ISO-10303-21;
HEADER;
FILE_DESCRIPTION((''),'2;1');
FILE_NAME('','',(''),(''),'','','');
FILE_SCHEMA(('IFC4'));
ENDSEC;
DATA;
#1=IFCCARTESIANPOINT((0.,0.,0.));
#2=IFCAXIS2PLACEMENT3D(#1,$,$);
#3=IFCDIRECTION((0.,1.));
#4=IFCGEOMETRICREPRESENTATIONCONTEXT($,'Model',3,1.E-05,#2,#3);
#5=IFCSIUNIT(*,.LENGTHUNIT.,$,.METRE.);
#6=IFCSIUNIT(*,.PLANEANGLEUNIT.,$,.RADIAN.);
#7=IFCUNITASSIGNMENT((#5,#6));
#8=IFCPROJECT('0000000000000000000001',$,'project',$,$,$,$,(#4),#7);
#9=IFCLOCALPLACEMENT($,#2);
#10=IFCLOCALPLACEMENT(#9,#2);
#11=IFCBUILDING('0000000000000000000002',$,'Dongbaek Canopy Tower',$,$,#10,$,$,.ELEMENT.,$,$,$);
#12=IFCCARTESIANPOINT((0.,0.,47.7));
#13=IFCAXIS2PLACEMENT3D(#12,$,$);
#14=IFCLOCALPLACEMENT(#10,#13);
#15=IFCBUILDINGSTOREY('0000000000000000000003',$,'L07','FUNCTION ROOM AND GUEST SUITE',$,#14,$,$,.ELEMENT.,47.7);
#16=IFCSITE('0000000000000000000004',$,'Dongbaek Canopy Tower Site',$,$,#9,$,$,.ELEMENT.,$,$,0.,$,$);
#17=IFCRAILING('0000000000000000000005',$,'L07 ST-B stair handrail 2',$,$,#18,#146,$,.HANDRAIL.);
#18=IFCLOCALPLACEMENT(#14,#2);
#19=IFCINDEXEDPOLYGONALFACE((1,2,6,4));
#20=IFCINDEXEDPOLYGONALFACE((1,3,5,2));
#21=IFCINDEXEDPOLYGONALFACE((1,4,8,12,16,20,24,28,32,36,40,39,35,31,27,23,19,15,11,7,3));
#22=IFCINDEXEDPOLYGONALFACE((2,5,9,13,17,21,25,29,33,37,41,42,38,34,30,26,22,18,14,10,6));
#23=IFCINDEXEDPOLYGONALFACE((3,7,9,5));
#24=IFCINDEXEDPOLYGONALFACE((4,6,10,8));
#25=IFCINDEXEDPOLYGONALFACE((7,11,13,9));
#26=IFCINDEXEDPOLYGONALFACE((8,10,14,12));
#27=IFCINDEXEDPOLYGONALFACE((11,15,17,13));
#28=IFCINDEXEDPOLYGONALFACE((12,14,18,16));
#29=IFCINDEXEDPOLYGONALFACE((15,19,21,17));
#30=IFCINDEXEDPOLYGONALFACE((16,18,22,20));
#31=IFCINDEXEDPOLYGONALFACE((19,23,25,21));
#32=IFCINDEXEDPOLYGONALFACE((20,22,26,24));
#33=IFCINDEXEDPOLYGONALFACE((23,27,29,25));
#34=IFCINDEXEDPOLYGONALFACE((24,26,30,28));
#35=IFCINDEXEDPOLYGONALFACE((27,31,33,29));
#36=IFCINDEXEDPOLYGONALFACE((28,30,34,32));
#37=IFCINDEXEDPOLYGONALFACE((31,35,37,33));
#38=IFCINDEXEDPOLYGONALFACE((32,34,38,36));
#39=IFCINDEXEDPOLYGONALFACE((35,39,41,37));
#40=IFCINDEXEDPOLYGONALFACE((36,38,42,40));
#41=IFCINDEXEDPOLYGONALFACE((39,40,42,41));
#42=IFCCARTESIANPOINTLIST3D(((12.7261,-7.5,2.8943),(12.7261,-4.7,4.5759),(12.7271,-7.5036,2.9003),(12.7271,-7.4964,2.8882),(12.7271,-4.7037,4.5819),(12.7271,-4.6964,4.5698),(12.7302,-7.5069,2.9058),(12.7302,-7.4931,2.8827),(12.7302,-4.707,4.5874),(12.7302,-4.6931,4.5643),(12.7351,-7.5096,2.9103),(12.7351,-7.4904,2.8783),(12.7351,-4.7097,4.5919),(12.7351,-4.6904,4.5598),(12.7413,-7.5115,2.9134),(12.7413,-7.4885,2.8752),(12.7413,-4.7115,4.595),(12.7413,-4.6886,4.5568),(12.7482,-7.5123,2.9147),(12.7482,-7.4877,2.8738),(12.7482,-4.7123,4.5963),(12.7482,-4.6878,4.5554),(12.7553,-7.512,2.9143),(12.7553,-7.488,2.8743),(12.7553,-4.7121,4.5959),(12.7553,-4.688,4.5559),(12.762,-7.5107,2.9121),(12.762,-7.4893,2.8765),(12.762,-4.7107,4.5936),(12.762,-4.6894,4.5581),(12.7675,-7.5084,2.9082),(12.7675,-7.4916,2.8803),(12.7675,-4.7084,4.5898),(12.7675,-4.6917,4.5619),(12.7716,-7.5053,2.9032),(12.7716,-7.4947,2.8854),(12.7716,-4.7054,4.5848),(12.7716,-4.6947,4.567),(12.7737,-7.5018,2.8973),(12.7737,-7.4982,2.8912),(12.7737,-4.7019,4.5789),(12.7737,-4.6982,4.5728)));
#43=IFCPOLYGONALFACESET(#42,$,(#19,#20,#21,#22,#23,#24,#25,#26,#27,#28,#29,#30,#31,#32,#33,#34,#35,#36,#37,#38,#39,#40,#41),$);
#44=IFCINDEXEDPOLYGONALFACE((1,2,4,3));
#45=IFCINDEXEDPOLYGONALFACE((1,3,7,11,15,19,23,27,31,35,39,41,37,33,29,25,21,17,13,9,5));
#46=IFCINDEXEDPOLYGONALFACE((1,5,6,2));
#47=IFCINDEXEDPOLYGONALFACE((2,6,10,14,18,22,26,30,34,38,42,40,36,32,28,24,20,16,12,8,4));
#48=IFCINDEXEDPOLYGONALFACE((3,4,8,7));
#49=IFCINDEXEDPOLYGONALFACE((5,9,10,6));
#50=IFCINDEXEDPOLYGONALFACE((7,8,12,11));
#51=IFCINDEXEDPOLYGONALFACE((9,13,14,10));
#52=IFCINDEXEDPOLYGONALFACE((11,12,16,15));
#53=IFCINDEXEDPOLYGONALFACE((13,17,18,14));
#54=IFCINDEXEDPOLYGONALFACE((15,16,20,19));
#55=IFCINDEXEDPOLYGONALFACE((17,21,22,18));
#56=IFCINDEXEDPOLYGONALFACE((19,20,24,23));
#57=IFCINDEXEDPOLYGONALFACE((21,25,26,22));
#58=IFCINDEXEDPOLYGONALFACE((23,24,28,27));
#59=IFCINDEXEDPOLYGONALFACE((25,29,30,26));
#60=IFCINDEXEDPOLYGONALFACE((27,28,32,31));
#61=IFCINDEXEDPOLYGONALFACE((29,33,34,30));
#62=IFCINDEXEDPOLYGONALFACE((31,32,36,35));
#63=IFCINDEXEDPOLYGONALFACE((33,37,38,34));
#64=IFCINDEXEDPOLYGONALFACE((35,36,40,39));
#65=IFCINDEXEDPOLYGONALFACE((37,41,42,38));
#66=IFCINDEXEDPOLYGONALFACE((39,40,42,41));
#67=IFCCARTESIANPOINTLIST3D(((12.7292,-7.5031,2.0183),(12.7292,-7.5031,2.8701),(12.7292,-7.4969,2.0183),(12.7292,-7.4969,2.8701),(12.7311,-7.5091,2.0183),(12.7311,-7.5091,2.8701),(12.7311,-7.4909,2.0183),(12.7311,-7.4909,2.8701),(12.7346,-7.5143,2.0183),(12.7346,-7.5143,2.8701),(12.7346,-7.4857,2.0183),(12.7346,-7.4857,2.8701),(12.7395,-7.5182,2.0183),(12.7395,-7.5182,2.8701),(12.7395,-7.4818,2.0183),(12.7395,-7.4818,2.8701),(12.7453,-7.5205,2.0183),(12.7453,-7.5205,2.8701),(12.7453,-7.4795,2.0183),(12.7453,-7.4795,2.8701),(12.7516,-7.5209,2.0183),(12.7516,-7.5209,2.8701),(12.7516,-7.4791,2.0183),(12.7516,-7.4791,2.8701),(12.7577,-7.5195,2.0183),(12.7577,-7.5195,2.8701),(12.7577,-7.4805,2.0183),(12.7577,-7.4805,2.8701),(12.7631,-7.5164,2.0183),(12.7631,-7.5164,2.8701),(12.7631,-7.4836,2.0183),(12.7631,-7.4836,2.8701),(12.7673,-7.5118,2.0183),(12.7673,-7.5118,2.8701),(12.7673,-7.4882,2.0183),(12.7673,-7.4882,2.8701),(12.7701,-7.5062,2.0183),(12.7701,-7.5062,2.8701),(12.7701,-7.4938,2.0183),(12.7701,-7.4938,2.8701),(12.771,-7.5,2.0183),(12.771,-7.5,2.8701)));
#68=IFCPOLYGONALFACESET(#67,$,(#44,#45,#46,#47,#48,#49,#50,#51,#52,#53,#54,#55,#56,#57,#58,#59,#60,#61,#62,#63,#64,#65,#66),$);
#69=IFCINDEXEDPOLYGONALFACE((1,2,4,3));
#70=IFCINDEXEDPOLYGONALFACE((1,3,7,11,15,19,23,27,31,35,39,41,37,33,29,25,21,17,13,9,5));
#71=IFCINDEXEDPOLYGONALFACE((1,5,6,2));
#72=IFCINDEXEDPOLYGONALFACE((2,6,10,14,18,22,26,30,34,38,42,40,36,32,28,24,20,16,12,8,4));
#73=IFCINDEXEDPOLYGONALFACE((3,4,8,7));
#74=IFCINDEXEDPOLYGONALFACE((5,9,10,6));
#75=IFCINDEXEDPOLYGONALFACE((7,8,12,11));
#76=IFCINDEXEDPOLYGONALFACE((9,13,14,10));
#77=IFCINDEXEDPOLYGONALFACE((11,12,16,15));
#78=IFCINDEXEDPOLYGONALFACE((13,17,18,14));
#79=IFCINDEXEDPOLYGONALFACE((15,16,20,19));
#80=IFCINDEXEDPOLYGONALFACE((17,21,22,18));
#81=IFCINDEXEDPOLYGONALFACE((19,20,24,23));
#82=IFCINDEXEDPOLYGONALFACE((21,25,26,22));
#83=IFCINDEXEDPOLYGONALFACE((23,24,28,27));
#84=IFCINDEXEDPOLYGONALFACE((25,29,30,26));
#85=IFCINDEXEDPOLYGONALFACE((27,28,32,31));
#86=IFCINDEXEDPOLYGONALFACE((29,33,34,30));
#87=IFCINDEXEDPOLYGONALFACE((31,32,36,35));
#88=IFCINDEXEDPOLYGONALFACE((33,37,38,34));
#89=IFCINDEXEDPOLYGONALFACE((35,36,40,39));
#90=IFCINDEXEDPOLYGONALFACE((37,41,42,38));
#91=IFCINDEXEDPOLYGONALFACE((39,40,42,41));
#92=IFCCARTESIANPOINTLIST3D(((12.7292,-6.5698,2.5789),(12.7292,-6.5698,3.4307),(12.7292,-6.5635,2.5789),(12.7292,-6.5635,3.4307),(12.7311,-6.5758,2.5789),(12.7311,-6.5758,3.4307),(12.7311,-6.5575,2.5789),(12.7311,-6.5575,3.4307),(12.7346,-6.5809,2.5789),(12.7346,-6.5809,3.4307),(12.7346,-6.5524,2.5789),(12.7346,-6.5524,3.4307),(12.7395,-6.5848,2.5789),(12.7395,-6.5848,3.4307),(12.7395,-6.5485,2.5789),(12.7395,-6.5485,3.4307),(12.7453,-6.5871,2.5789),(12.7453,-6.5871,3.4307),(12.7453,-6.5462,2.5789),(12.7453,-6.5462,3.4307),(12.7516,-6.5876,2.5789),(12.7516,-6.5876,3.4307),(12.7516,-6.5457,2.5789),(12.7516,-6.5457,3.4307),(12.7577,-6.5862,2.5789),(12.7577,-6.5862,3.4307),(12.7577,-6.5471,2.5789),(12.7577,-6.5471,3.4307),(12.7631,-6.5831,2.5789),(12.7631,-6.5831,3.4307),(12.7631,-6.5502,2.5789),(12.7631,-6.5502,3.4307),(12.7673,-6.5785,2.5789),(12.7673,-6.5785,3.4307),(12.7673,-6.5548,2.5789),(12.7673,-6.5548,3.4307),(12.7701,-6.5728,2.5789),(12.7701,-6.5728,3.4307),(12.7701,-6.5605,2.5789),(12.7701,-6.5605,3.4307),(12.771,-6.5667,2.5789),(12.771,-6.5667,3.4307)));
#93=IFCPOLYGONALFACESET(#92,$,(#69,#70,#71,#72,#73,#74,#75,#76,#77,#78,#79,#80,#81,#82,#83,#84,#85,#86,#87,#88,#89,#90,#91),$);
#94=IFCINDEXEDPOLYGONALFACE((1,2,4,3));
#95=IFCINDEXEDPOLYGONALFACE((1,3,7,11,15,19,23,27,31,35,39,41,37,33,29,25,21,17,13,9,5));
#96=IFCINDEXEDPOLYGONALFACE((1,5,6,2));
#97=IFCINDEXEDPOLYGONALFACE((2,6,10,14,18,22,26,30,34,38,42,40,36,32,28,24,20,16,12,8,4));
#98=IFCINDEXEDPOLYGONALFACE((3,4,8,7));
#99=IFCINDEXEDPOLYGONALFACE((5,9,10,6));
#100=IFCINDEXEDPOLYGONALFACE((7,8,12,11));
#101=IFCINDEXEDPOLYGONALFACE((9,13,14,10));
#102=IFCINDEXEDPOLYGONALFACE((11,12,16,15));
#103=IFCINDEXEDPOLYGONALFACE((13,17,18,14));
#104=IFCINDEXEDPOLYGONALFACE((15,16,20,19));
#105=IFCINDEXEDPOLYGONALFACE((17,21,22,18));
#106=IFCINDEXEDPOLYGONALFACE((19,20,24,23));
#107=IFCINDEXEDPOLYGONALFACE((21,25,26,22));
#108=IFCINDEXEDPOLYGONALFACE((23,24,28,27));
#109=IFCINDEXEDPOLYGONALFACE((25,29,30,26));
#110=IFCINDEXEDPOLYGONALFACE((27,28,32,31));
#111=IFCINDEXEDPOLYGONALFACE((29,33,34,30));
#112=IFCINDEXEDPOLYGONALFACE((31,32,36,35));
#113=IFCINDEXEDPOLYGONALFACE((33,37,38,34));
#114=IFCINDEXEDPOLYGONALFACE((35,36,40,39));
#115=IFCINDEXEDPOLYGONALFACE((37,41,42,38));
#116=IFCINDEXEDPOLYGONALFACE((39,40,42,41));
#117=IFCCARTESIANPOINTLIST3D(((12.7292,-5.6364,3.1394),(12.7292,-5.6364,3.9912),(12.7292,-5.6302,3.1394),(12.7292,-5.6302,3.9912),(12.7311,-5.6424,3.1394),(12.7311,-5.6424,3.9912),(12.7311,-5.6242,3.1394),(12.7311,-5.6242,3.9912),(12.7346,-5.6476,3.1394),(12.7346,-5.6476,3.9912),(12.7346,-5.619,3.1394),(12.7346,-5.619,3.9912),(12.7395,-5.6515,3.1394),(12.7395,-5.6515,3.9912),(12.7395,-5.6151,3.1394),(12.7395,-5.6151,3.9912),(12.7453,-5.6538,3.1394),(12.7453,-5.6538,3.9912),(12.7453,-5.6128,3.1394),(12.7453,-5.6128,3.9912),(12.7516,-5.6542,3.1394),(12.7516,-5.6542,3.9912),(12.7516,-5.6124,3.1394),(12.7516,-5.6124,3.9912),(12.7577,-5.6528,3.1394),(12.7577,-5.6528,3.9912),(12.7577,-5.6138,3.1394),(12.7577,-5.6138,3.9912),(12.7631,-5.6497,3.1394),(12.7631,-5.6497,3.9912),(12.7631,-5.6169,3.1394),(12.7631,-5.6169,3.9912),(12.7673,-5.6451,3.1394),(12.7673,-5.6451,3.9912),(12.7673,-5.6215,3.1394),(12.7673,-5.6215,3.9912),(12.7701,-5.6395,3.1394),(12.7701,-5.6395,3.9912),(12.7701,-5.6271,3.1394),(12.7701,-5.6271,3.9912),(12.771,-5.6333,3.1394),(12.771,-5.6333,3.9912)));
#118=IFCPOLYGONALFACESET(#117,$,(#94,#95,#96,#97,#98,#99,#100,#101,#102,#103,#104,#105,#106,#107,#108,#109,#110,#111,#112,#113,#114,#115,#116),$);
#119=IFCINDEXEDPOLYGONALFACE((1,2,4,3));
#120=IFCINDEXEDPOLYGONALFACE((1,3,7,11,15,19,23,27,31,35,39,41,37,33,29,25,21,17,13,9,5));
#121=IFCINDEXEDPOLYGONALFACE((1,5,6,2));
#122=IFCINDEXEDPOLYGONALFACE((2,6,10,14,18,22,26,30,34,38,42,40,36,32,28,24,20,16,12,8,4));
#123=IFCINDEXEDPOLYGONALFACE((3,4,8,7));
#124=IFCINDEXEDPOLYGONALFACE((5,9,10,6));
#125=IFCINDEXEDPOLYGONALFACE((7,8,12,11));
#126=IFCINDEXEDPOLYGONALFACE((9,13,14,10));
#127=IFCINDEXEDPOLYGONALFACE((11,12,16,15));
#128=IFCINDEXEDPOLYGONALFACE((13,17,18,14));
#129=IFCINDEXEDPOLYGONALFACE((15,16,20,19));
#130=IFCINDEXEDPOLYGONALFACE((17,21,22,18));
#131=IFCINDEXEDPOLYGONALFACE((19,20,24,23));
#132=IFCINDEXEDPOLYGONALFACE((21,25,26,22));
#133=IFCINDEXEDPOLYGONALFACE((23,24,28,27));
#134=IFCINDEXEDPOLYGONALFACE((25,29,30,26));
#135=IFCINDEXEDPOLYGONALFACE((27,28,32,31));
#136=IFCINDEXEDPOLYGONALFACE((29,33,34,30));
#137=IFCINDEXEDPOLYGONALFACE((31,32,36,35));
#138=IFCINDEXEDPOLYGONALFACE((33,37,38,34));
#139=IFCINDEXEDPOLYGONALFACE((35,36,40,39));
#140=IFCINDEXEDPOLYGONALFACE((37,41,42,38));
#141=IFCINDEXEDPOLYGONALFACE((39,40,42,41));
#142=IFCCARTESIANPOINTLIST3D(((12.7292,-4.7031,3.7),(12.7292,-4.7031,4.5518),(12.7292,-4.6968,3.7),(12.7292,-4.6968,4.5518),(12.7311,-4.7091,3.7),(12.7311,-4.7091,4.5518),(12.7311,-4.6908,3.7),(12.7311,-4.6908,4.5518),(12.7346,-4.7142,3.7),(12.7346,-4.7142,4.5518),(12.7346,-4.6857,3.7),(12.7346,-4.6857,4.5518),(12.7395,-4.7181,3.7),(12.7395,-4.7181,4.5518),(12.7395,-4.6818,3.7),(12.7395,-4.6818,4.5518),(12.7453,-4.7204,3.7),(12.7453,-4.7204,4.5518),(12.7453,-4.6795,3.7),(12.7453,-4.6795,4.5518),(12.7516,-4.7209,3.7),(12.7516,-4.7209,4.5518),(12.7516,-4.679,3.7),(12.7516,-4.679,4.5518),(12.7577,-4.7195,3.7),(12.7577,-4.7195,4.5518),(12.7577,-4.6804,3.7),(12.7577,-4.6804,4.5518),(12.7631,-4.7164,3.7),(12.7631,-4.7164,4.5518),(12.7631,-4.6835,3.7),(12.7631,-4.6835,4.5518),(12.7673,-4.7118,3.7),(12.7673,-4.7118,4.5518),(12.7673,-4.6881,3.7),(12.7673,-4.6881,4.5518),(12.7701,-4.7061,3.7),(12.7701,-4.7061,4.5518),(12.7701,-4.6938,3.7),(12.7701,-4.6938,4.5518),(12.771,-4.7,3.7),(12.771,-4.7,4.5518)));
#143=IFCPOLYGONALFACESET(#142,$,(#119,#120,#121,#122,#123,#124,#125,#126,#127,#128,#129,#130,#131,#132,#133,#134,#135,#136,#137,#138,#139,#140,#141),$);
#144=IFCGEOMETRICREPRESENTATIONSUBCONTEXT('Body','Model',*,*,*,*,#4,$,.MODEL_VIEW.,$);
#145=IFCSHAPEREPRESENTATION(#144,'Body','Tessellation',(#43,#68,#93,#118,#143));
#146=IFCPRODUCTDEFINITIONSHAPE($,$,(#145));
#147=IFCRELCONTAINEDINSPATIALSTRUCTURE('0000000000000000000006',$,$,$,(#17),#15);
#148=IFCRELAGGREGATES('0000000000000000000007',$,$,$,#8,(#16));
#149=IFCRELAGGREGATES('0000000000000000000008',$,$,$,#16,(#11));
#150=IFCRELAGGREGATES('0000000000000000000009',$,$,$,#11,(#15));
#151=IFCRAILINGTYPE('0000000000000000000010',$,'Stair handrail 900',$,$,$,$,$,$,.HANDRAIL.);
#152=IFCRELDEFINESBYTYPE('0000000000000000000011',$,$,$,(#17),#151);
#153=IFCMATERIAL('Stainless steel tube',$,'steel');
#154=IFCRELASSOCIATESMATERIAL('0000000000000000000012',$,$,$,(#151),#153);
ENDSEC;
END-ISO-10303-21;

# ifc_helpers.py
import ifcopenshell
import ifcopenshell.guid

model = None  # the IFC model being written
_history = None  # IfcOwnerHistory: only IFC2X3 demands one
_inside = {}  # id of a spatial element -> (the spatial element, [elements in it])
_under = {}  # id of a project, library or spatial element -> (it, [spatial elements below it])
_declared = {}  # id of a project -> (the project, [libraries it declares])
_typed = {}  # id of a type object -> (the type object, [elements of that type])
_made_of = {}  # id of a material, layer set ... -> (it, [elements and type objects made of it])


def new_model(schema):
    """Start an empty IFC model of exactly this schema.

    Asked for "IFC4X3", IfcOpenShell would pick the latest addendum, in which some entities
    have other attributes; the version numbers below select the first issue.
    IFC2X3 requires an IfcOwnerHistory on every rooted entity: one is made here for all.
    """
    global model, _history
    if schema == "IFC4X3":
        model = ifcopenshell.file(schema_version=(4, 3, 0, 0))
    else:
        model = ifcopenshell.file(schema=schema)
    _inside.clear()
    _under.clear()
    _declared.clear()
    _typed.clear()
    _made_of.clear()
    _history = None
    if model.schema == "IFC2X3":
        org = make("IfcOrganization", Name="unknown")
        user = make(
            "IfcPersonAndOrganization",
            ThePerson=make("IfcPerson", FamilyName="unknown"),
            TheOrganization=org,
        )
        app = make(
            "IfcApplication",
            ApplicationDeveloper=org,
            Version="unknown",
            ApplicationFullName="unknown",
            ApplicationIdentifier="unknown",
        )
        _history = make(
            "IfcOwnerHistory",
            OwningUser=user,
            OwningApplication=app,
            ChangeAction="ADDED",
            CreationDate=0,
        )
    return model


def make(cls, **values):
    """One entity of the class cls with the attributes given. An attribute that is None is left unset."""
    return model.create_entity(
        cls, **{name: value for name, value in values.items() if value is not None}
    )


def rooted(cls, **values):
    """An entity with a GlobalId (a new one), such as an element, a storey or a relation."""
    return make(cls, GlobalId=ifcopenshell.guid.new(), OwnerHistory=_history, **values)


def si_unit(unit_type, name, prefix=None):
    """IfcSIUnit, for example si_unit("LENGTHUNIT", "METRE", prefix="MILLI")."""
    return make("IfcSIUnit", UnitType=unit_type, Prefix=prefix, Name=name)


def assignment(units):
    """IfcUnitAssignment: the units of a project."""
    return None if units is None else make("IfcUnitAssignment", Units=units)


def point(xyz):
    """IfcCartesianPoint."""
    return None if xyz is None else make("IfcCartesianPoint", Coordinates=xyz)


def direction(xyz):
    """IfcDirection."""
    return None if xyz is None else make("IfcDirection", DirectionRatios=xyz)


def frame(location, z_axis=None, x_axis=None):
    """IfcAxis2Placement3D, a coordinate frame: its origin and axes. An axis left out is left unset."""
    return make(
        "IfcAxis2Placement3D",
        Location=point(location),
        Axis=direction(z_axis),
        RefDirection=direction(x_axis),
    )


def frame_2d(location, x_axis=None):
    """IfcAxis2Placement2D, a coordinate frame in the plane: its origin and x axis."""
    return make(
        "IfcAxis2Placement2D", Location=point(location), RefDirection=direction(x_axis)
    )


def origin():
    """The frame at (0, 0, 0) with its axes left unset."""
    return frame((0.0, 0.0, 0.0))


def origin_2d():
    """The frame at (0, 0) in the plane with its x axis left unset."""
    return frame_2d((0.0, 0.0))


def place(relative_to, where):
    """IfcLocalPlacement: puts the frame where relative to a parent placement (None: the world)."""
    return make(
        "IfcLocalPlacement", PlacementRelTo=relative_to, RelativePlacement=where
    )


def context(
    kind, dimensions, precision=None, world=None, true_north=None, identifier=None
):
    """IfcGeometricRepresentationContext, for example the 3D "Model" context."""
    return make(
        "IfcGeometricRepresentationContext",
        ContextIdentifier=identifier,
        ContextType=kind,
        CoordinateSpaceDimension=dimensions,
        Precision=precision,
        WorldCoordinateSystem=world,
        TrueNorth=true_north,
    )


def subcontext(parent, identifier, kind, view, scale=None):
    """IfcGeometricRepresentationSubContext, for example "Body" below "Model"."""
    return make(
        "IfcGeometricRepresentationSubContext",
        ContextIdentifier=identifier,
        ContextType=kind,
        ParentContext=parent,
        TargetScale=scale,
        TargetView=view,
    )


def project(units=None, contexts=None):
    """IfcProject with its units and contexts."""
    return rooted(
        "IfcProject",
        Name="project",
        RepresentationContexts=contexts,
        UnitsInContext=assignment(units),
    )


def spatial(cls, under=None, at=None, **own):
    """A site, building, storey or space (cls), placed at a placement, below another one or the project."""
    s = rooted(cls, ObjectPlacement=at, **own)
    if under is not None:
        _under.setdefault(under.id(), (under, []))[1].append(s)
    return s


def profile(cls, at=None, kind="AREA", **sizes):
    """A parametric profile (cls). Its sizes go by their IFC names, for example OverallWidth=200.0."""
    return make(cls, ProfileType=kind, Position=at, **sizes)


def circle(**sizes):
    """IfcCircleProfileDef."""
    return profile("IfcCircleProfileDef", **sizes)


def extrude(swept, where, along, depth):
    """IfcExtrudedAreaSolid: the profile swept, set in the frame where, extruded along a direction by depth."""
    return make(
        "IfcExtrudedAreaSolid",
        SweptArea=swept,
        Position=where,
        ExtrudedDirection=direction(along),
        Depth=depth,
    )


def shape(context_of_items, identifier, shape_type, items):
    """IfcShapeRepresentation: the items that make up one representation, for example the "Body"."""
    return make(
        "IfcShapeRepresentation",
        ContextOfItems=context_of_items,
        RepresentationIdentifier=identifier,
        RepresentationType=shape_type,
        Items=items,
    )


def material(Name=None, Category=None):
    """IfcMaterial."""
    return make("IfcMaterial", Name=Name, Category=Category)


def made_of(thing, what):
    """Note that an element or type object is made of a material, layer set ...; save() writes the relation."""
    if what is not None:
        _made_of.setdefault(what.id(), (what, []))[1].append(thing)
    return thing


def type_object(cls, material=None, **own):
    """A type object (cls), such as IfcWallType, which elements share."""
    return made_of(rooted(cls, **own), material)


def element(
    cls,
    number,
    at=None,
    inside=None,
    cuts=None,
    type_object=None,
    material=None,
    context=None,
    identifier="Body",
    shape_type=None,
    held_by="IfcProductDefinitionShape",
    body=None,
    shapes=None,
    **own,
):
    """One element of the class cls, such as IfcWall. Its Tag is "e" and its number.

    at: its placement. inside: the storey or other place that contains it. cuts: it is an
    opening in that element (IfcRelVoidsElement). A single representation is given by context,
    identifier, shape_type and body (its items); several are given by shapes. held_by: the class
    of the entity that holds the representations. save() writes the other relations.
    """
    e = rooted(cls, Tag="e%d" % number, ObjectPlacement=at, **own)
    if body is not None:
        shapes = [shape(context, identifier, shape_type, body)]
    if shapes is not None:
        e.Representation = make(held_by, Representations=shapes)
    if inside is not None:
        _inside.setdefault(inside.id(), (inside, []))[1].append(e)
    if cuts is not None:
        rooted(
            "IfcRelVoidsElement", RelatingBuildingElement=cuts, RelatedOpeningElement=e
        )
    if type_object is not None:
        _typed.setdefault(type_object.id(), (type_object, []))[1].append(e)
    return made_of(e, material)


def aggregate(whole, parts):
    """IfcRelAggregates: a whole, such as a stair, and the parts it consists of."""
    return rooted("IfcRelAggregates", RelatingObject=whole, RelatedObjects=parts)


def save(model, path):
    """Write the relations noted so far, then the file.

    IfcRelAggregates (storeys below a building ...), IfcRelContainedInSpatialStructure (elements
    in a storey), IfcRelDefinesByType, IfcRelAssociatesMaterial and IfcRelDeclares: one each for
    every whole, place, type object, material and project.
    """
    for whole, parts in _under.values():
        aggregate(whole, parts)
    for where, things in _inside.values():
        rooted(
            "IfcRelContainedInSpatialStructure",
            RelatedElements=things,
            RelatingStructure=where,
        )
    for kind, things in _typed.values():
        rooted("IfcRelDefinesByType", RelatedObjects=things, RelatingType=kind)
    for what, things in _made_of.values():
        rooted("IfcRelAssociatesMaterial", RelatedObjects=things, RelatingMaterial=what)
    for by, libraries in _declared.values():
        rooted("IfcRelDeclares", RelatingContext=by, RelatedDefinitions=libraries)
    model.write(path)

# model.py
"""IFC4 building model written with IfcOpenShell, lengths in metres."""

from ifc_helpers import new_model, si_unit, direction, frame, origin, origin_2d, place, context, subcontext, project, spatial, circle, extrude, material, type_object, element, save


model = new_model("IFC4")

# Units and contexts
model_context = context("Model", 3, precision=1e-05, world=origin(), true_north=direction((0.0, 1.0)))
body_context = subcontext(model_context, "Body", "Model", "MODEL_VIEW")
ifc_project = project(units=[si_unit("LENGTHUNIT", "METRE"), si_unit("PLANEANGLEUNIT", "RADIAN")], contexts=[model_context])

# Site, building, storey
site_placement = place(None, origin())
site = spatial("IfcSite", under=ifc_project, at=site_placement, Name="Dongbaek Canopy Tower Site", CompositionType="ELEMENT", RefElevation=0.0)
building_placement = place(site_placement, origin())
building = spatial("IfcBuilding", under=site, at=building_placement, Name="Dongbaek Canopy Tower", CompositionType="ELEMENT")
storey_placement = place(building_placement, frame((0.0, 0.0, 47.7)))
storey = spatial("IfcBuildingStorey", under=building, at=storey_placement, Name="L07", Description="FUNCTION ROOM AND GUEST SUITE", CompositionType="ELEMENT", Elevation=47.7)

# Railing
ifc_material_1 = material(Name="Stainless steel tube", Category="steel")
railing_type_1 = type_object("IfcRailingType", Name="Stair handrail 900", PredefinedType="HANDRAIL", material=ifc_material_1)
railing_1_placement = place(storey_placement, frame((12.75, -7.5, 2.0183)))
element("IfcRailing", 1, at=railing_1_placement, inside=storey, type_object=railing_type_1, Name="L07 ST-B stair handrail 2", PredefinedType="HANDRAIL", context=body_context, shape_type="SweptSolid", body=[
    extrude(circle(Radius=0.0239, at=origin_2d()), frame((0.0, 0.0, 0.876), z_axis=(0.0, 0.857275, 0.514858), x_axis=(-1.0, 0.0, 0.0)), (0.0, 0.0, 1.0), 3.2661),
    extrude(circle(Radius=0.021, at=origin_2d()), origin(), (0.0, 0.0, 1.0), 0.8518),
    extrude(circle(Radius=0.021, at=origin_2d()), frame((0.0, 0.9333, 0.5605)), (0.0, 0.0, 1.0), 0.8518),
    extrude(circle(Radius=0.021, at=origin_2d()), frame((0.0, 1.8667, 1.1211)), (0.0, 0.0, 1.0), 0.8518),
    extrude(circle(Radius=0.021, at=origin_2d()), frame((0.0, 2.8, 1.6816)), (0.0, 0.0, 1.0), 0.8518),
])

save(model, "model.ifc")
